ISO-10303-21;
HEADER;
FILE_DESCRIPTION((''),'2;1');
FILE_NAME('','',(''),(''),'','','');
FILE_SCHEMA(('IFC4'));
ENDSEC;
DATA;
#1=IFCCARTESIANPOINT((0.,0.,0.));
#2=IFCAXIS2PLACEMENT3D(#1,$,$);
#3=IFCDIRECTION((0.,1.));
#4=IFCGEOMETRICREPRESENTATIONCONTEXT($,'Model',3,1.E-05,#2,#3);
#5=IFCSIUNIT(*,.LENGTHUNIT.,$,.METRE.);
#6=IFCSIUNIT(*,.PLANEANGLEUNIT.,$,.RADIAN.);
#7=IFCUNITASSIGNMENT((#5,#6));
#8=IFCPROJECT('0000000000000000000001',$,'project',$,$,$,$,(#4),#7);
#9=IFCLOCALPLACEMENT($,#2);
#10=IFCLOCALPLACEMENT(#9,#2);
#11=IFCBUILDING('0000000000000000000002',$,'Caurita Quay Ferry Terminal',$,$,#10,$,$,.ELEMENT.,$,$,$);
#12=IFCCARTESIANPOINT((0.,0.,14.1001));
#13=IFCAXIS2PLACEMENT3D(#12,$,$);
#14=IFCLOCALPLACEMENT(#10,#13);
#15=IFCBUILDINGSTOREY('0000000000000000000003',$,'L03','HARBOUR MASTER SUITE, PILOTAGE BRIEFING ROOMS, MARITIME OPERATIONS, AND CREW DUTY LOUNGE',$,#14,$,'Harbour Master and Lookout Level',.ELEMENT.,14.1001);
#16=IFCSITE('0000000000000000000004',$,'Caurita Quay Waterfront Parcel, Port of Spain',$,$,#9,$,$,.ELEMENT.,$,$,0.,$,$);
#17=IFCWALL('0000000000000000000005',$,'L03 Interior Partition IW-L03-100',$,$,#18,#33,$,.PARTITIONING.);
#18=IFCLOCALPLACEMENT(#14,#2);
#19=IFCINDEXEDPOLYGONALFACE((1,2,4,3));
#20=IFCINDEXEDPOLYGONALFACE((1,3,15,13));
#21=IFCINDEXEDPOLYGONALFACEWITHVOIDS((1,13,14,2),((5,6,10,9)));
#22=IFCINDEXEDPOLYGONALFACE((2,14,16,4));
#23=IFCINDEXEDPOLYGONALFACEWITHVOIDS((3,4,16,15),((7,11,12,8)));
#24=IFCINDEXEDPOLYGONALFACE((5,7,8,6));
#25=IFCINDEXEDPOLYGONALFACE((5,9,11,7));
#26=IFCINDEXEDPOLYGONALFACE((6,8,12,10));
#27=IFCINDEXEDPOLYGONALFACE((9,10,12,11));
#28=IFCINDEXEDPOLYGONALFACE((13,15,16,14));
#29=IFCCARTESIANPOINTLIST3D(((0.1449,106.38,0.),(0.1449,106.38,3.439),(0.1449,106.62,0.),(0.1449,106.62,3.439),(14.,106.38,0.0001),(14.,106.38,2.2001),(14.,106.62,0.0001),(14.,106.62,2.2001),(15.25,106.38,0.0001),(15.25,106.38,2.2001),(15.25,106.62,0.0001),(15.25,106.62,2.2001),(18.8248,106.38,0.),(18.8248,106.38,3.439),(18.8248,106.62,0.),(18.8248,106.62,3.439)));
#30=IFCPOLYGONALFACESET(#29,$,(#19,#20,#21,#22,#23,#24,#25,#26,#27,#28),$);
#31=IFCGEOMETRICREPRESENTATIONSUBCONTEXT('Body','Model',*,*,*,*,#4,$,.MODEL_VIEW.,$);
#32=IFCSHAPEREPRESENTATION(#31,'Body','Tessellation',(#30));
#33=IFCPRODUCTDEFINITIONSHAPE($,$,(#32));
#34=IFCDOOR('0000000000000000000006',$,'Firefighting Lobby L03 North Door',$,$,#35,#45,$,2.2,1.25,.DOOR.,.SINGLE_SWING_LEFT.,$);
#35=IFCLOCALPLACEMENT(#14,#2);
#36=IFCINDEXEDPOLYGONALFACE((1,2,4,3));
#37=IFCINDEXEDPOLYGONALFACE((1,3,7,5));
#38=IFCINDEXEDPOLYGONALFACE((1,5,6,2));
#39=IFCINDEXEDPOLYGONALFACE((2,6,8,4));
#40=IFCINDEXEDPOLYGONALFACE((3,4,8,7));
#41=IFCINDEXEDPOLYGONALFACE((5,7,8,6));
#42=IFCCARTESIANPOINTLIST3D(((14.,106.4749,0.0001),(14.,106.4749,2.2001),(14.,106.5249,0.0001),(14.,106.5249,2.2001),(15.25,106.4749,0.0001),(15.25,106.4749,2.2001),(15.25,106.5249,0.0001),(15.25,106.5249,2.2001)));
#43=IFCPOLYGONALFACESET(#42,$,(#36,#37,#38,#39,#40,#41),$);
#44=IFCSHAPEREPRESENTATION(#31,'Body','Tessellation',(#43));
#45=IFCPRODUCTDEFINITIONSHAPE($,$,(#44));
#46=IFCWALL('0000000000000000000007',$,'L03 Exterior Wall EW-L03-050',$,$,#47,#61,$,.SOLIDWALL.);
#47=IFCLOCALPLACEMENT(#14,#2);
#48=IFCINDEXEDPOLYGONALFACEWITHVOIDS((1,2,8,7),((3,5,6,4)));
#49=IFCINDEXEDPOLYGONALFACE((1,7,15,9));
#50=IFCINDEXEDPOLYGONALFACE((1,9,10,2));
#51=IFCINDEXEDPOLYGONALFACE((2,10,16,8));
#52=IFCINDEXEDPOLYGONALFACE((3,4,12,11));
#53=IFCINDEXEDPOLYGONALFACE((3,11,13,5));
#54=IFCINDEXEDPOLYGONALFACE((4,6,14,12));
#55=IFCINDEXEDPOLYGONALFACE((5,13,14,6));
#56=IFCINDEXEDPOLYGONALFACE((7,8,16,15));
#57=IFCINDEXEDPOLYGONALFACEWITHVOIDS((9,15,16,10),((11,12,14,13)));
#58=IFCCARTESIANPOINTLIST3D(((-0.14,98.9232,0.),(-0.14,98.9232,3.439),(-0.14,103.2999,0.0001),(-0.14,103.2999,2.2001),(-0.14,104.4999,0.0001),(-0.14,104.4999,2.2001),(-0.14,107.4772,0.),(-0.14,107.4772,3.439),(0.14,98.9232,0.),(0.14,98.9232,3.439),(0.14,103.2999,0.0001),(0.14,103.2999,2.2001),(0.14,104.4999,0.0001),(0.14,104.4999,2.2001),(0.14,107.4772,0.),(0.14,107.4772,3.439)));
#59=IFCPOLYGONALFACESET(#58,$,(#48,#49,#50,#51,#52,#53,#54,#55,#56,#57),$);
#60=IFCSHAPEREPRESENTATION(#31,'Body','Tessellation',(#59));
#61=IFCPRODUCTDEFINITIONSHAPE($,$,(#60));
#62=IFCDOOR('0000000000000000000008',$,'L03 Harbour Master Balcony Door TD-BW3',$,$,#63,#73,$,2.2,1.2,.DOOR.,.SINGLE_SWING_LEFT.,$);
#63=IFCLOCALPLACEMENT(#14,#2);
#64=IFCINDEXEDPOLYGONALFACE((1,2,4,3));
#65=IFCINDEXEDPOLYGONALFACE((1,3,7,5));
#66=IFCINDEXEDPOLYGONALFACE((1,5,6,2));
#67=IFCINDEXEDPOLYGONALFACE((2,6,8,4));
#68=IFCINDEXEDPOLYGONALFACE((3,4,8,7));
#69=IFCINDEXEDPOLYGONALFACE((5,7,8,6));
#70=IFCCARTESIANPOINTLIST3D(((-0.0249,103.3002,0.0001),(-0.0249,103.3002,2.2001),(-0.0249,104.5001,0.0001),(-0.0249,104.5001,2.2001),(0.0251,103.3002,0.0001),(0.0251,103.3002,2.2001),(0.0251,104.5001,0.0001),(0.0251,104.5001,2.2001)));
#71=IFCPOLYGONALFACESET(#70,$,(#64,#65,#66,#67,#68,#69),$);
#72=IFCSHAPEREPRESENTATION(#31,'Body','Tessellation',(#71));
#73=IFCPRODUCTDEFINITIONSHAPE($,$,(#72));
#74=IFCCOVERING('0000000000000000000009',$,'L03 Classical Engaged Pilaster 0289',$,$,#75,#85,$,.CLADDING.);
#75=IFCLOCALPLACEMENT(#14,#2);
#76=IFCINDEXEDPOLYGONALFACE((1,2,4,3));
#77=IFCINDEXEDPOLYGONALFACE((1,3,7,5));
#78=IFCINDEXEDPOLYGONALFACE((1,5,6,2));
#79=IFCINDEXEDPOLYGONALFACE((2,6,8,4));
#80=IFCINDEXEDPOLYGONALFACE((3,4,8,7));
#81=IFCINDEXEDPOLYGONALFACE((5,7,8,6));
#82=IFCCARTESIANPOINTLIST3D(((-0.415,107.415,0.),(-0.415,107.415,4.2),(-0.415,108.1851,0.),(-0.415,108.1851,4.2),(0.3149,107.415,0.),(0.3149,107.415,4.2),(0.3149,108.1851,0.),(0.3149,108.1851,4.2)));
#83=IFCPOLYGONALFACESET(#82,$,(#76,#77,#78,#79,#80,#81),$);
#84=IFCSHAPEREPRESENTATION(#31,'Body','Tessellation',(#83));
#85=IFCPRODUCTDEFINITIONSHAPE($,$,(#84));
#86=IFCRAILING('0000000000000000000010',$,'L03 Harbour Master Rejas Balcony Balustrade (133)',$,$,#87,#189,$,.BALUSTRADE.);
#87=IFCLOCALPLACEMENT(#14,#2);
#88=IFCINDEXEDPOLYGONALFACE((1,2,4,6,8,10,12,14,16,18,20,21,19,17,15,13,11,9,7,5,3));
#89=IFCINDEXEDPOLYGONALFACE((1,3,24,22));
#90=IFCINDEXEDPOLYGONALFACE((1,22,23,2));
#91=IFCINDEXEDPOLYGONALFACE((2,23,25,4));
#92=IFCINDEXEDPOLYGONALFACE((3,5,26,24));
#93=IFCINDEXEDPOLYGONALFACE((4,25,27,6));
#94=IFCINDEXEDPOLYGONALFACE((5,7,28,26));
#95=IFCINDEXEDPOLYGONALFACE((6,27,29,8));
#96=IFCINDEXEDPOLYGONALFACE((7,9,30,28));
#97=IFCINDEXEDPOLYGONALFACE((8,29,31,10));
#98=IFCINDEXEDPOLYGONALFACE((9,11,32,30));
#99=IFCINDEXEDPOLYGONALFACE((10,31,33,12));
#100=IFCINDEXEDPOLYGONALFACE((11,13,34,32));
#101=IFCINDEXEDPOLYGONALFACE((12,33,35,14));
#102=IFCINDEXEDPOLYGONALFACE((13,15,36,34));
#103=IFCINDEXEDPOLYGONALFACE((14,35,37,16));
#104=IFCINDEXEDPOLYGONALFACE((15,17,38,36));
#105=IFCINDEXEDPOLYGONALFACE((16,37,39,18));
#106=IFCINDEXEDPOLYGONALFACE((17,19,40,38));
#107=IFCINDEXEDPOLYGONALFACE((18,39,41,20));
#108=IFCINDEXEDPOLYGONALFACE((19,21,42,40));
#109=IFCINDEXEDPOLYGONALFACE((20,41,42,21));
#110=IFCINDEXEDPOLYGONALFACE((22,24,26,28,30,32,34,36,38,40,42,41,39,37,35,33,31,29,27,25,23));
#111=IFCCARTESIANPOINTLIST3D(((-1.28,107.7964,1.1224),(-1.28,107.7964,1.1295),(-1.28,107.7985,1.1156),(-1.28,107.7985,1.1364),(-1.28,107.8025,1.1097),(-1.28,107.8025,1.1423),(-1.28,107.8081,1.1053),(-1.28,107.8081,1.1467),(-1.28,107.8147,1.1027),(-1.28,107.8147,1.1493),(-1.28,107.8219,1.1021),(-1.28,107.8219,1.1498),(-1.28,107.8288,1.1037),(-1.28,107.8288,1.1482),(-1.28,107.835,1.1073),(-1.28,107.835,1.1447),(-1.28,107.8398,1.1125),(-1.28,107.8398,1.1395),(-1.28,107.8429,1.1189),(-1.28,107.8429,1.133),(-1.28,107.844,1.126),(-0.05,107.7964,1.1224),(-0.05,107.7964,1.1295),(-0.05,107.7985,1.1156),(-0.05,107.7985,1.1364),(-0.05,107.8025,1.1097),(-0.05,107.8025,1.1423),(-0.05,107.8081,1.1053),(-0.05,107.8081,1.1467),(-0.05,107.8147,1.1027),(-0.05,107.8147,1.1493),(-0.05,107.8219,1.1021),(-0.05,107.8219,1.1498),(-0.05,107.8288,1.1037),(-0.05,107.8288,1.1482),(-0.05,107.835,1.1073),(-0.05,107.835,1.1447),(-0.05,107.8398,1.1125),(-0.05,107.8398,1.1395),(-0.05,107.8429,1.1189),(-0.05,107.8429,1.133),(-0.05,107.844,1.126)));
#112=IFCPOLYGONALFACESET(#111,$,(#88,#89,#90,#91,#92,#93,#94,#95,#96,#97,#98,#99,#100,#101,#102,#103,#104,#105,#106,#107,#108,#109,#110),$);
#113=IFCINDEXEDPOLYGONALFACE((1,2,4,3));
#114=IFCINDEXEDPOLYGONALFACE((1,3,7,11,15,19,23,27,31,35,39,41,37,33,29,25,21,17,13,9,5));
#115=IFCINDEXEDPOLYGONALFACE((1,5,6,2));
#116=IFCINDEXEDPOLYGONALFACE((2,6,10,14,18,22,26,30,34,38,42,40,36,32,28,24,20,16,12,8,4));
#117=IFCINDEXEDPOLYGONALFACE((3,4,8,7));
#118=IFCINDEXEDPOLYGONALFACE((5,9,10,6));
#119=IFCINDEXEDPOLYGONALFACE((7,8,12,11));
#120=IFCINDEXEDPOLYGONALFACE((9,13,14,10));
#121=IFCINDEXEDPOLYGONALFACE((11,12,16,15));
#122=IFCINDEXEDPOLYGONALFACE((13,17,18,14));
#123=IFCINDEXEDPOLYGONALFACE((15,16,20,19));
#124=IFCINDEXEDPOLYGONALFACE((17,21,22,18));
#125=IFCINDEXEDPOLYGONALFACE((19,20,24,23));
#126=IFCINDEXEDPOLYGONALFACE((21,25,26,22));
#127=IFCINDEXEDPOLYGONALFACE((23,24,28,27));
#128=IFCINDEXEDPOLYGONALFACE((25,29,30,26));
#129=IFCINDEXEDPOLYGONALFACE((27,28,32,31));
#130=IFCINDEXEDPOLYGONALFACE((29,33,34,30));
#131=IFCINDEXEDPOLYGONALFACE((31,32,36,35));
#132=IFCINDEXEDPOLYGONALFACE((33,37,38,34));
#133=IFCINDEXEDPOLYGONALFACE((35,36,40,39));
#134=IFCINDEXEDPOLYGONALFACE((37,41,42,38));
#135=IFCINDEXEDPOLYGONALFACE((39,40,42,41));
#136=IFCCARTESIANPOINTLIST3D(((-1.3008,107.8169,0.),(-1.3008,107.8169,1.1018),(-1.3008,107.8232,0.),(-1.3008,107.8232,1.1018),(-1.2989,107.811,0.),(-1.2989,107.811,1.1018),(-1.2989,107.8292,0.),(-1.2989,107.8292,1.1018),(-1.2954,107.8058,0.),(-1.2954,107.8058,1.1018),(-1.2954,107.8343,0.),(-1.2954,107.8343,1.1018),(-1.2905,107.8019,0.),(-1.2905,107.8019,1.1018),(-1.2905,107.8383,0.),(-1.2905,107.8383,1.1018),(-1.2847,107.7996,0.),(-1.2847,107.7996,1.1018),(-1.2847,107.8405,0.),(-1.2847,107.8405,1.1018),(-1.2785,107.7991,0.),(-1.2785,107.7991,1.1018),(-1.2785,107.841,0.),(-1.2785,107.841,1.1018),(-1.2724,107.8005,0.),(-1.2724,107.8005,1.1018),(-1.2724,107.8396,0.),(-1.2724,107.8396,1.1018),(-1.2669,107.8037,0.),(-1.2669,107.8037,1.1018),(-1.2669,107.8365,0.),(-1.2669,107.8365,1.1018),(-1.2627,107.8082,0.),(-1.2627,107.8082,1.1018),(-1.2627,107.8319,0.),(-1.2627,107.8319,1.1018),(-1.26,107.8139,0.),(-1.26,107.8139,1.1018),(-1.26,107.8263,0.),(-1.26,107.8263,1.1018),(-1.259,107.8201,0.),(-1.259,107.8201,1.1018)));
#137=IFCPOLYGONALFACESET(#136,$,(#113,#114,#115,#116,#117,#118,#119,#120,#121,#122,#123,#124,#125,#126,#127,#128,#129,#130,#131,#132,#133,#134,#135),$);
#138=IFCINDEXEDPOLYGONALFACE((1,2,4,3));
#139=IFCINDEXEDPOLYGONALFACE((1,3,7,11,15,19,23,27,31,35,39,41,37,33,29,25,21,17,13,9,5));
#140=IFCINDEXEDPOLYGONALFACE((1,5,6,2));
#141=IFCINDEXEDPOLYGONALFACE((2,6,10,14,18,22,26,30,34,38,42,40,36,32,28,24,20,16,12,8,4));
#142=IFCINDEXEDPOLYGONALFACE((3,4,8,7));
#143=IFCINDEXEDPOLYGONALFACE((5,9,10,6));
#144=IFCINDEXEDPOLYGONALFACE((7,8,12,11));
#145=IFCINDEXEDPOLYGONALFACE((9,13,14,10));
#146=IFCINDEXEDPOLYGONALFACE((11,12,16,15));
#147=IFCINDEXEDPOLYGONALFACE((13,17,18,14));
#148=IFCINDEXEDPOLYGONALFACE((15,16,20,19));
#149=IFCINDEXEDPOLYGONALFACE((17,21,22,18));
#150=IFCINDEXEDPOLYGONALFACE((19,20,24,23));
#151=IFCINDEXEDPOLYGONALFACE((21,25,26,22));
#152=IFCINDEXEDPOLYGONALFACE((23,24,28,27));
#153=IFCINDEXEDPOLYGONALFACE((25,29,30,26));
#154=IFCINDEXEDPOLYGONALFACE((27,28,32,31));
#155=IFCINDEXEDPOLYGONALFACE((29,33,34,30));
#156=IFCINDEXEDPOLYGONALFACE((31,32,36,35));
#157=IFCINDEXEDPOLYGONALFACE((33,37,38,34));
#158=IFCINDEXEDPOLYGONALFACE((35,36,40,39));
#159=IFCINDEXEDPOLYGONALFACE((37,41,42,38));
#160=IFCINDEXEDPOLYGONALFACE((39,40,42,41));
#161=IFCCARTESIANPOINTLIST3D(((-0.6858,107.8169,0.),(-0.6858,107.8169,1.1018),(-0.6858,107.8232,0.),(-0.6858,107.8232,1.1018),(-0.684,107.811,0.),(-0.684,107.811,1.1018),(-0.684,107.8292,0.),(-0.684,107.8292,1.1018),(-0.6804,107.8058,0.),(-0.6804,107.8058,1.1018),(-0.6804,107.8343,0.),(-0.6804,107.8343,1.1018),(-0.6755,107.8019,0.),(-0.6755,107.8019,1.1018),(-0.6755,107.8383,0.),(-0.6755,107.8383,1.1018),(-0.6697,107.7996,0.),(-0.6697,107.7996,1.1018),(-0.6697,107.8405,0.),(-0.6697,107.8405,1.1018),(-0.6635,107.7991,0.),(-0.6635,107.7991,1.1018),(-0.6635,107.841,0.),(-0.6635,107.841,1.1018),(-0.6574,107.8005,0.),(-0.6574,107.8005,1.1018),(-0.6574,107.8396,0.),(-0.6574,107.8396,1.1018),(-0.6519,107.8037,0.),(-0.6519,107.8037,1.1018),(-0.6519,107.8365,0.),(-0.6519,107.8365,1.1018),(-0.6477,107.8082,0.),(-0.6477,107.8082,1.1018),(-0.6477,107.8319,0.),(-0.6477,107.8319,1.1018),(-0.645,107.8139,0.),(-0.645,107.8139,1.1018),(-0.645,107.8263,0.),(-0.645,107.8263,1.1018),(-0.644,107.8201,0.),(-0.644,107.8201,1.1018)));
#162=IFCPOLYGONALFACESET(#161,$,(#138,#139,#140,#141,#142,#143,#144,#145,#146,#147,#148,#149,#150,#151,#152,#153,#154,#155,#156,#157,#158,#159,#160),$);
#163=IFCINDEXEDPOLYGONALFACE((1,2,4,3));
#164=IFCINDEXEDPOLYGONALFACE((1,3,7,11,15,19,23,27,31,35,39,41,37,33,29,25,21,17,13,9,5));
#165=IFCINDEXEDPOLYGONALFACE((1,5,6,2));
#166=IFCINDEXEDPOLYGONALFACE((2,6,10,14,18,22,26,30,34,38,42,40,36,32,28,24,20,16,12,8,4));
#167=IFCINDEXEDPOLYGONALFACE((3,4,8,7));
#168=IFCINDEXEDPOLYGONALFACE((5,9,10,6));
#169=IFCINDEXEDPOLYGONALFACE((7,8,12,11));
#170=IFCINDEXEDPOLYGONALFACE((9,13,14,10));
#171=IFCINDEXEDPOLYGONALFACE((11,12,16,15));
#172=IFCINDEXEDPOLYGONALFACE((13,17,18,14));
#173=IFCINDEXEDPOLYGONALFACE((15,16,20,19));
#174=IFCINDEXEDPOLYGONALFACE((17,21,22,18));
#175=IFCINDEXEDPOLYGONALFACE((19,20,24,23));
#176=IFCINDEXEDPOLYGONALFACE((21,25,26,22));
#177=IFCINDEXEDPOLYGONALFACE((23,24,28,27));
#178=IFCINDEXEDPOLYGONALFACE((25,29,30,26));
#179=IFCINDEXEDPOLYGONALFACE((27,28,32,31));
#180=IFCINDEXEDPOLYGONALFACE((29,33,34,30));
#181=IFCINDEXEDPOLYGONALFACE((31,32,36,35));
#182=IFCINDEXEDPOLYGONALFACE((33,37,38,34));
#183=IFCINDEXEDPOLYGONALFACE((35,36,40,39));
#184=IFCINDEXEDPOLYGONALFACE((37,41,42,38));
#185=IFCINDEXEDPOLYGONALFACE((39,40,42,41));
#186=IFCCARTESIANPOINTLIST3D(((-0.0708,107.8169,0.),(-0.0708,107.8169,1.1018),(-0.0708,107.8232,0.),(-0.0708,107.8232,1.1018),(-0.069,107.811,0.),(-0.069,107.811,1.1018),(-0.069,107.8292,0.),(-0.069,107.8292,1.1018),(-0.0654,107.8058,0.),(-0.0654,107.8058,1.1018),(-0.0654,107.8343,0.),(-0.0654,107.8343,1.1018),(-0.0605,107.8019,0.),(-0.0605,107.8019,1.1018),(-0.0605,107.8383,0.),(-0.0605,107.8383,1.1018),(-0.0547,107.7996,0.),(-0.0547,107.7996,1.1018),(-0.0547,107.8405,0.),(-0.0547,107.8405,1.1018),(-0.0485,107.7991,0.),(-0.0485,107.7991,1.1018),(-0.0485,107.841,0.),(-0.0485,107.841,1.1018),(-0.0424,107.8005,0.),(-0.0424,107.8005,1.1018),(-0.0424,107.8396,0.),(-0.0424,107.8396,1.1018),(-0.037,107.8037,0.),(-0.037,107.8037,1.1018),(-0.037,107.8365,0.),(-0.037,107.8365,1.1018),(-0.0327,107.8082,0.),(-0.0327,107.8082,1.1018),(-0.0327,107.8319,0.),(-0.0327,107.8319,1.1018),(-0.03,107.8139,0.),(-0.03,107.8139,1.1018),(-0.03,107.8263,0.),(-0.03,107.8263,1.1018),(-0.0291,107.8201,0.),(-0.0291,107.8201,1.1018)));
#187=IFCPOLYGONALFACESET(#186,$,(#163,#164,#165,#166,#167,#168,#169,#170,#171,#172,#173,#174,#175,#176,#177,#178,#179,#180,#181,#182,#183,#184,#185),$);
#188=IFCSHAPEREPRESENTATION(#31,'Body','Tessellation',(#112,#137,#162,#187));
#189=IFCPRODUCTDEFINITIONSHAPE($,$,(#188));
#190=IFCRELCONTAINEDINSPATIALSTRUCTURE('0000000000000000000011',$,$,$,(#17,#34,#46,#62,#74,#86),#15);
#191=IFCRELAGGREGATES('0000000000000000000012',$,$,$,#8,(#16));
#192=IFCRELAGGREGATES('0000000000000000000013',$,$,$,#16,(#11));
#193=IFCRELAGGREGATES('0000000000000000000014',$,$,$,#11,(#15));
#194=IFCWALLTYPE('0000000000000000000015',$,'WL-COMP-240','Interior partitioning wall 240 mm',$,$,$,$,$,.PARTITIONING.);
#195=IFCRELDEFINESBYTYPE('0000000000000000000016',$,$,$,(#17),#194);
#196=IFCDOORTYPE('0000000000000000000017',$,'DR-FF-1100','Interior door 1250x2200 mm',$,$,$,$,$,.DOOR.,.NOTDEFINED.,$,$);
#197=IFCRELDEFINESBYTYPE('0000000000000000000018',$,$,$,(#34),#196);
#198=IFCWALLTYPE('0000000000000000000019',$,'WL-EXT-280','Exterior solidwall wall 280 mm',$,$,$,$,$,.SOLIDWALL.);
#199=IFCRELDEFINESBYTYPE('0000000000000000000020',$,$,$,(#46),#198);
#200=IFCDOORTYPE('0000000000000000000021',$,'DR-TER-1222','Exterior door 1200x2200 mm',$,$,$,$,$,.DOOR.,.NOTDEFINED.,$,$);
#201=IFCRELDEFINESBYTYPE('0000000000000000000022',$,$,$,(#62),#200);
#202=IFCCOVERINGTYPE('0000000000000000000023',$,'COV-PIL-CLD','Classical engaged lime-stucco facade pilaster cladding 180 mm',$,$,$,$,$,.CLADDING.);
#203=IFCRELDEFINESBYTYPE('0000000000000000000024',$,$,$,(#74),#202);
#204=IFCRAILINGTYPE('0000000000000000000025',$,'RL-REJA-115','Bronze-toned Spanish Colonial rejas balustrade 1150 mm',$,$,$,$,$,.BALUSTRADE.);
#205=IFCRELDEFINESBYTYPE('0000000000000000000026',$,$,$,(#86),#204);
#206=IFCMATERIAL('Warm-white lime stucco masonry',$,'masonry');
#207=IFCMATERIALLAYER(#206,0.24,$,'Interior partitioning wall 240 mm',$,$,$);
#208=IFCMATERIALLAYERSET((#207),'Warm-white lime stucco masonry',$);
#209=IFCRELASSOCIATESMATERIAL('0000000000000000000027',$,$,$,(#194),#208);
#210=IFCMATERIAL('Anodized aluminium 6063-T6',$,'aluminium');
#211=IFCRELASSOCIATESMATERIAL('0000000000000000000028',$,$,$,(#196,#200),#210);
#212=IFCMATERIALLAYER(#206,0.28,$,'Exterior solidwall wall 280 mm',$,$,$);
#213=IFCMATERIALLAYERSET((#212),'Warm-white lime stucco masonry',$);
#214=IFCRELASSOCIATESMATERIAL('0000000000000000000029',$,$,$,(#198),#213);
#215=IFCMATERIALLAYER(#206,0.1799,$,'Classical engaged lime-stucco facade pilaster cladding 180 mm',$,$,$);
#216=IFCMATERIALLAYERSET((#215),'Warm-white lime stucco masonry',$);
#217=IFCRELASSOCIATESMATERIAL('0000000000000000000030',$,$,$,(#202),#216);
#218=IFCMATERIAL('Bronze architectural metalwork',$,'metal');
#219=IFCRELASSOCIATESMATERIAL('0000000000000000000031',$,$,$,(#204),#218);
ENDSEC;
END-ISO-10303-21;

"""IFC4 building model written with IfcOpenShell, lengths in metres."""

from ifc_helpers import new_model, si_unit, direction, frame, frame_2d, origin, origin_2d, place, context, subcontext, project, spatial, rectangle, circle, extrude, material, layer, layer_set, type_object, element, fill, save


model = new_model("IFC4")

# Units and contexts
model_context = context("Model", 3, precision=1e-05, world=origin(), true_north=direction((0.0, 1.0)))
body_context = subcontext(model_context, "Body", "Model", "MODEL_VIEW")
ifc_project = project(units=[si_unit("LENGTHUNIT", "METRE"), si_unit("PLANEANGLEUNIT", "RADIAN")], contexts=[model_context])

# Site, building, storey
site_placement = place(None, origin())
site = spatial("IfcSite", under=ifc_project, at=site_placement, Name="Caurita Quay Waterfront Parcel, Port of Spain", CompositionType="ELEMENT", RefElevation=0.0)
building_placement = place(site_placement, origin())
building = spatial("IfcBuilding", under=site, at=building_placement, Name="Caurita Quay Ferry Terminal", CompositionType="ELEMENT")
storey_placement = place(building_placement, frame((0.0, 0.0, 14.1001)))
storey = spatial("IfcBuildingStorey", under=building, at=storey_placement, Name="L03", Description="HARBOUR MASTER SUITE, PILOTAGE BRIEFING ROOMS, MARITIME OPERATIONS, AND CREW DUTY LOUNGE", LongName="Harbour Master and Lookout Level", CompositionType="ELEMENT", Elevation=14.1001)

# Walls, openings, doors
ifc_material_1 = material(Name="Warm-white lime stucco masonry", Category="masonry")
ifc_layer_1 = layer(ifc_material_1, 0.24, Name="Interior partitioning wall 240 mm")
ifc_layer_set_1 = layer_set([ifc_layer_1], Name="Warm-white lime stucco masonry")
wall_type_1 = type_object("IfcWallType", Name="WL-COMP-240", Description="Interior partitioning wall 240 mm", PredefinedType="PARTITIONING", material=ifc_layer_set_1)
wall_1_placement = place(storey_placement, frame((0.145, 106.5, 0.0), z_axis=(0.0, 0.0, 1.0), x_axis=(1.0, 0.0, 0.0)))
wall_1 = element("IfcWall", 1, at=wall_1_placement, inside=storey, type_object=wall_type_1, Name="L03 Interior Partition IW-L03-100", PredefinedType="PARTITIONING", context=body_context, shape_type="SweptSolid", body=[
    extrude(rectangle(XDim=18.6799, YDim=0.24, at=frame_2d((9.3398, 0.0))), origin(), (0.0, 0.0, 1.0), 3.439),
])
opening_1_placement = place(wall_1_placement, frame((13.855, 0.0, 0.0)))
opening_1 = element("IfcOpeningElement", 2, at=opening_1_placement, cuts=wall_1, PredefinedType="OPENING", context=body_context, shape_type="SweptSolid", body=[
    extrude(rectangle(XDim=1.25, YDim=2.2, at=frame_2d((0.625, 1.1001))), frame((0.0, 0.1299, 0.0), z_axis=(0.0, -1.0, 0.0), x_axis=(1.0, 0.0, 0.0)), (0.0, 0.0, 1.0), 0.26),
])
ifc_material_2 = material(Name="Anodized aluminium 6063-T6", Category="aluminium")
door_type_1 = type_object("IfcDoorType", Name="DR-FF-1100", Description="Interior door 1250x2200 mm", OperationType="NOTDEFINED", PredefinedType="DOOR", material=ifc_material_2)
door_1_placement = place(opening_1_placement, origin())
door_1 = element("IfcDoor", 3, at=door_1_placement, inside=storey, type_object=door_type_1, Name="Firefighting Lobby L03 North Door", OperationType="SINGLE_SWING_LEFT", OverallHeight=2.2, OverallWidth=1.25, PredefinedType="DOOR", context=body_context, shape_type="SweptSolid", body=[
    extrude(rectangle(XDim=1.25, YDim=2.2, at=frame_2d((0.625, 1.1001))), frame((0.0, 0.0249, 0.0), z_axis=(0.0, -1.0, 0.0), x_axis=(1.0, 0.0, 0.0)), (0.0, 0.0, 1.0), 0.05),
])
fill(opening_1, door_1)
ifc_layer_2 = layer(ifc_material_1, 0.28, Name="Exterior solidwall wall 280 mm")
ifc_layer_set_2 = layer_set([ifc_layer_2], Name="Warm-white lime stucco masonry")
wall_type_2 = type_object("IfcWallType", Name="WL-EXT-280", Description="Exterior solidwall wall 280 mm", PredefinedType="SOLIDWALL", material=ifc_layer_set_2)
wall_2_placement = place(storey_placement, frame((0.0, 107.4771, 0.0), z_axis=(0.0, 0.0, 1.0), x_axis=(0.0, -1.0, 0.0)))
wall_2 = element("IfcWall", 4, at=wall_2_placement, inside=storey, type_object=wall_type_2, Name="L03 Exterior Wall EW-L03-050", PredefinedType="SOLIDWALL", context=body_context, shape_type="SweptSolid", body=[
    extrude(rectangle(XDim=8.554, YDim=0.28, at=frame_2d((4.2769, 0.0))), origin(), (0.0, 0.0, 1.0), 3.439),
])
opening_2_placement = place(wall_2_placement, frame((2.9771, 0.0, 0.0)))
opening_2 = element("IfcOpeningElement", 5, at=opening_2_placement, cuts=wall_2, PredefinedType="OPENING", context=body_context, shape_type="SweptSolid", body=[
    extrude(rectangle(XDim=1.2, YDim=2.2, at=frame_2d((0.6001, 1.1001))), frame((0.0, 0.1499, 0.0), z_axis=(0.0, -1.0, 0.0), x_axis=(1.0, 0.0, 0.0)), (0.0, 0.0, 1.0), 0.3),
])
door_type_2 = type_object("IfcDoorType", Name="DR-TER-1222", Description="Exterior door 1200x2200 mm", OperationType="NOTDEFINED", PredefinedType="DOOR", material=ifc_material_2)
door_2_placement = place(opening_2_placement, frame((1.2, 0.0, 0.0), z_axis=(0.0, 0.0, 1.0), x_axis=(-1.0, 0.0, 0.0)))
door_2 = element("IfcDoor", 6, at=door_2_placement, inside=storey, type_object=door_type_2, Name="L03 Harbour Master Balcony Door TD-BW3", OperationType="SINGLE_SWING_LEFT", OverallHeight=2.2, OverallWidth=1.2, PredefinedType="DOOR", context=body_context, shape_type="SweptSolid", body=[
    extrude(rectangle(XDim=1.2, YDim=2.2, at=frame_2d((0.6001, 1.1001))), frame((0.0, 0.0249, 0.0), z_axis=(0.0, -1.0, 0.0), x_axis=(1.0, 0.0, 0.0)), (0.0, 0.0, 1.0), 0.05),
])
fill(opening_2, door_2)

# Covering
ifc_layer_3 = layer(ifc_material_1, 0.1799, Name="Classical engaged lime-stucco facade pilaster cladding 180 mm")
ifc_layer_set_3 = layer_set([ifc_layer_3], Name="Warm-white lime stucco masonry")
covering_type = type_object("IfcCoveringType", Name="COV-PIL-CLD", Description="Classical engaged lime-stucco facade pilaster cladding 180 mm", PredefinedType="CLADDING", material=ifc_layer_set_3)
covering_placement = place(storey_placement, frame((-0.05, 107.8, 0.0), z_axis=(0.0, 0.0, 1.0), x_axis=(1.0, 0.0, 0.0)))
element("IfcCovering", 7, at=covering_placement, inside=storey, type_object=covering_type, Name="L03 Classical Engaged Pilaster 0289", PredefinedType="CLADDING", context=body_context, shape_type="SweptSolid", body=[
    extrude(rectangle(XDim=0.73, YDim=0.77, at=origin_2d()), origin(), (0.0, 0.0, 1.0), 4.2),
])

# Railing
ifc_material_3 = material(Name="Bronze architectural metalwork", Category="metal")
railing_type = type_object("IfcRailingType", Name="RL-REJA-115", Description="Bronze-toned Spanish Colonial rejas balustrade 1150 mm", PredefinedType="BALUSTRADE", material=ifc_material_3)
railing_placement = place(storey_placement, frame((-1.28, 107.8201, 0.0)))
element("IfcRailing", 8, at=railing_placement, inside=storey, type_object=railing_type, Name="L03 Harbour Master Rejas Balcony Balustrade (133)", PredefinedType="BALUSTRADE", context=body_context, shape_type="SweptSolid", body=[
    extrude(circle(Radius=0.0239, at=origin_2d()), frame((0.0, 0.0, 1.126), z_axis=(1.0, 0.0, 0.0), x_axis=(0.0, 1.0, 0.0)), (0.0, 0.0, 1.0), 1.23),
    extrude(circle(Radius=0.021, at=origin_2d()), origin(), (0.0, 0.0, 1.0), 1.1018),
    extrude(circle(Radius=0.021, at=origin_2d()), frame((0.615, 0.0, 0.0)), (0.0, 0.0, 1.0), 1.1018),
    extrude(circle(Radius=0.021, at=origin_2d()), frame((1.23, 0.0, 0.0)), (0.0, 0.0, 1.0), 1.1018),
])

save(model, "model.ifc")
